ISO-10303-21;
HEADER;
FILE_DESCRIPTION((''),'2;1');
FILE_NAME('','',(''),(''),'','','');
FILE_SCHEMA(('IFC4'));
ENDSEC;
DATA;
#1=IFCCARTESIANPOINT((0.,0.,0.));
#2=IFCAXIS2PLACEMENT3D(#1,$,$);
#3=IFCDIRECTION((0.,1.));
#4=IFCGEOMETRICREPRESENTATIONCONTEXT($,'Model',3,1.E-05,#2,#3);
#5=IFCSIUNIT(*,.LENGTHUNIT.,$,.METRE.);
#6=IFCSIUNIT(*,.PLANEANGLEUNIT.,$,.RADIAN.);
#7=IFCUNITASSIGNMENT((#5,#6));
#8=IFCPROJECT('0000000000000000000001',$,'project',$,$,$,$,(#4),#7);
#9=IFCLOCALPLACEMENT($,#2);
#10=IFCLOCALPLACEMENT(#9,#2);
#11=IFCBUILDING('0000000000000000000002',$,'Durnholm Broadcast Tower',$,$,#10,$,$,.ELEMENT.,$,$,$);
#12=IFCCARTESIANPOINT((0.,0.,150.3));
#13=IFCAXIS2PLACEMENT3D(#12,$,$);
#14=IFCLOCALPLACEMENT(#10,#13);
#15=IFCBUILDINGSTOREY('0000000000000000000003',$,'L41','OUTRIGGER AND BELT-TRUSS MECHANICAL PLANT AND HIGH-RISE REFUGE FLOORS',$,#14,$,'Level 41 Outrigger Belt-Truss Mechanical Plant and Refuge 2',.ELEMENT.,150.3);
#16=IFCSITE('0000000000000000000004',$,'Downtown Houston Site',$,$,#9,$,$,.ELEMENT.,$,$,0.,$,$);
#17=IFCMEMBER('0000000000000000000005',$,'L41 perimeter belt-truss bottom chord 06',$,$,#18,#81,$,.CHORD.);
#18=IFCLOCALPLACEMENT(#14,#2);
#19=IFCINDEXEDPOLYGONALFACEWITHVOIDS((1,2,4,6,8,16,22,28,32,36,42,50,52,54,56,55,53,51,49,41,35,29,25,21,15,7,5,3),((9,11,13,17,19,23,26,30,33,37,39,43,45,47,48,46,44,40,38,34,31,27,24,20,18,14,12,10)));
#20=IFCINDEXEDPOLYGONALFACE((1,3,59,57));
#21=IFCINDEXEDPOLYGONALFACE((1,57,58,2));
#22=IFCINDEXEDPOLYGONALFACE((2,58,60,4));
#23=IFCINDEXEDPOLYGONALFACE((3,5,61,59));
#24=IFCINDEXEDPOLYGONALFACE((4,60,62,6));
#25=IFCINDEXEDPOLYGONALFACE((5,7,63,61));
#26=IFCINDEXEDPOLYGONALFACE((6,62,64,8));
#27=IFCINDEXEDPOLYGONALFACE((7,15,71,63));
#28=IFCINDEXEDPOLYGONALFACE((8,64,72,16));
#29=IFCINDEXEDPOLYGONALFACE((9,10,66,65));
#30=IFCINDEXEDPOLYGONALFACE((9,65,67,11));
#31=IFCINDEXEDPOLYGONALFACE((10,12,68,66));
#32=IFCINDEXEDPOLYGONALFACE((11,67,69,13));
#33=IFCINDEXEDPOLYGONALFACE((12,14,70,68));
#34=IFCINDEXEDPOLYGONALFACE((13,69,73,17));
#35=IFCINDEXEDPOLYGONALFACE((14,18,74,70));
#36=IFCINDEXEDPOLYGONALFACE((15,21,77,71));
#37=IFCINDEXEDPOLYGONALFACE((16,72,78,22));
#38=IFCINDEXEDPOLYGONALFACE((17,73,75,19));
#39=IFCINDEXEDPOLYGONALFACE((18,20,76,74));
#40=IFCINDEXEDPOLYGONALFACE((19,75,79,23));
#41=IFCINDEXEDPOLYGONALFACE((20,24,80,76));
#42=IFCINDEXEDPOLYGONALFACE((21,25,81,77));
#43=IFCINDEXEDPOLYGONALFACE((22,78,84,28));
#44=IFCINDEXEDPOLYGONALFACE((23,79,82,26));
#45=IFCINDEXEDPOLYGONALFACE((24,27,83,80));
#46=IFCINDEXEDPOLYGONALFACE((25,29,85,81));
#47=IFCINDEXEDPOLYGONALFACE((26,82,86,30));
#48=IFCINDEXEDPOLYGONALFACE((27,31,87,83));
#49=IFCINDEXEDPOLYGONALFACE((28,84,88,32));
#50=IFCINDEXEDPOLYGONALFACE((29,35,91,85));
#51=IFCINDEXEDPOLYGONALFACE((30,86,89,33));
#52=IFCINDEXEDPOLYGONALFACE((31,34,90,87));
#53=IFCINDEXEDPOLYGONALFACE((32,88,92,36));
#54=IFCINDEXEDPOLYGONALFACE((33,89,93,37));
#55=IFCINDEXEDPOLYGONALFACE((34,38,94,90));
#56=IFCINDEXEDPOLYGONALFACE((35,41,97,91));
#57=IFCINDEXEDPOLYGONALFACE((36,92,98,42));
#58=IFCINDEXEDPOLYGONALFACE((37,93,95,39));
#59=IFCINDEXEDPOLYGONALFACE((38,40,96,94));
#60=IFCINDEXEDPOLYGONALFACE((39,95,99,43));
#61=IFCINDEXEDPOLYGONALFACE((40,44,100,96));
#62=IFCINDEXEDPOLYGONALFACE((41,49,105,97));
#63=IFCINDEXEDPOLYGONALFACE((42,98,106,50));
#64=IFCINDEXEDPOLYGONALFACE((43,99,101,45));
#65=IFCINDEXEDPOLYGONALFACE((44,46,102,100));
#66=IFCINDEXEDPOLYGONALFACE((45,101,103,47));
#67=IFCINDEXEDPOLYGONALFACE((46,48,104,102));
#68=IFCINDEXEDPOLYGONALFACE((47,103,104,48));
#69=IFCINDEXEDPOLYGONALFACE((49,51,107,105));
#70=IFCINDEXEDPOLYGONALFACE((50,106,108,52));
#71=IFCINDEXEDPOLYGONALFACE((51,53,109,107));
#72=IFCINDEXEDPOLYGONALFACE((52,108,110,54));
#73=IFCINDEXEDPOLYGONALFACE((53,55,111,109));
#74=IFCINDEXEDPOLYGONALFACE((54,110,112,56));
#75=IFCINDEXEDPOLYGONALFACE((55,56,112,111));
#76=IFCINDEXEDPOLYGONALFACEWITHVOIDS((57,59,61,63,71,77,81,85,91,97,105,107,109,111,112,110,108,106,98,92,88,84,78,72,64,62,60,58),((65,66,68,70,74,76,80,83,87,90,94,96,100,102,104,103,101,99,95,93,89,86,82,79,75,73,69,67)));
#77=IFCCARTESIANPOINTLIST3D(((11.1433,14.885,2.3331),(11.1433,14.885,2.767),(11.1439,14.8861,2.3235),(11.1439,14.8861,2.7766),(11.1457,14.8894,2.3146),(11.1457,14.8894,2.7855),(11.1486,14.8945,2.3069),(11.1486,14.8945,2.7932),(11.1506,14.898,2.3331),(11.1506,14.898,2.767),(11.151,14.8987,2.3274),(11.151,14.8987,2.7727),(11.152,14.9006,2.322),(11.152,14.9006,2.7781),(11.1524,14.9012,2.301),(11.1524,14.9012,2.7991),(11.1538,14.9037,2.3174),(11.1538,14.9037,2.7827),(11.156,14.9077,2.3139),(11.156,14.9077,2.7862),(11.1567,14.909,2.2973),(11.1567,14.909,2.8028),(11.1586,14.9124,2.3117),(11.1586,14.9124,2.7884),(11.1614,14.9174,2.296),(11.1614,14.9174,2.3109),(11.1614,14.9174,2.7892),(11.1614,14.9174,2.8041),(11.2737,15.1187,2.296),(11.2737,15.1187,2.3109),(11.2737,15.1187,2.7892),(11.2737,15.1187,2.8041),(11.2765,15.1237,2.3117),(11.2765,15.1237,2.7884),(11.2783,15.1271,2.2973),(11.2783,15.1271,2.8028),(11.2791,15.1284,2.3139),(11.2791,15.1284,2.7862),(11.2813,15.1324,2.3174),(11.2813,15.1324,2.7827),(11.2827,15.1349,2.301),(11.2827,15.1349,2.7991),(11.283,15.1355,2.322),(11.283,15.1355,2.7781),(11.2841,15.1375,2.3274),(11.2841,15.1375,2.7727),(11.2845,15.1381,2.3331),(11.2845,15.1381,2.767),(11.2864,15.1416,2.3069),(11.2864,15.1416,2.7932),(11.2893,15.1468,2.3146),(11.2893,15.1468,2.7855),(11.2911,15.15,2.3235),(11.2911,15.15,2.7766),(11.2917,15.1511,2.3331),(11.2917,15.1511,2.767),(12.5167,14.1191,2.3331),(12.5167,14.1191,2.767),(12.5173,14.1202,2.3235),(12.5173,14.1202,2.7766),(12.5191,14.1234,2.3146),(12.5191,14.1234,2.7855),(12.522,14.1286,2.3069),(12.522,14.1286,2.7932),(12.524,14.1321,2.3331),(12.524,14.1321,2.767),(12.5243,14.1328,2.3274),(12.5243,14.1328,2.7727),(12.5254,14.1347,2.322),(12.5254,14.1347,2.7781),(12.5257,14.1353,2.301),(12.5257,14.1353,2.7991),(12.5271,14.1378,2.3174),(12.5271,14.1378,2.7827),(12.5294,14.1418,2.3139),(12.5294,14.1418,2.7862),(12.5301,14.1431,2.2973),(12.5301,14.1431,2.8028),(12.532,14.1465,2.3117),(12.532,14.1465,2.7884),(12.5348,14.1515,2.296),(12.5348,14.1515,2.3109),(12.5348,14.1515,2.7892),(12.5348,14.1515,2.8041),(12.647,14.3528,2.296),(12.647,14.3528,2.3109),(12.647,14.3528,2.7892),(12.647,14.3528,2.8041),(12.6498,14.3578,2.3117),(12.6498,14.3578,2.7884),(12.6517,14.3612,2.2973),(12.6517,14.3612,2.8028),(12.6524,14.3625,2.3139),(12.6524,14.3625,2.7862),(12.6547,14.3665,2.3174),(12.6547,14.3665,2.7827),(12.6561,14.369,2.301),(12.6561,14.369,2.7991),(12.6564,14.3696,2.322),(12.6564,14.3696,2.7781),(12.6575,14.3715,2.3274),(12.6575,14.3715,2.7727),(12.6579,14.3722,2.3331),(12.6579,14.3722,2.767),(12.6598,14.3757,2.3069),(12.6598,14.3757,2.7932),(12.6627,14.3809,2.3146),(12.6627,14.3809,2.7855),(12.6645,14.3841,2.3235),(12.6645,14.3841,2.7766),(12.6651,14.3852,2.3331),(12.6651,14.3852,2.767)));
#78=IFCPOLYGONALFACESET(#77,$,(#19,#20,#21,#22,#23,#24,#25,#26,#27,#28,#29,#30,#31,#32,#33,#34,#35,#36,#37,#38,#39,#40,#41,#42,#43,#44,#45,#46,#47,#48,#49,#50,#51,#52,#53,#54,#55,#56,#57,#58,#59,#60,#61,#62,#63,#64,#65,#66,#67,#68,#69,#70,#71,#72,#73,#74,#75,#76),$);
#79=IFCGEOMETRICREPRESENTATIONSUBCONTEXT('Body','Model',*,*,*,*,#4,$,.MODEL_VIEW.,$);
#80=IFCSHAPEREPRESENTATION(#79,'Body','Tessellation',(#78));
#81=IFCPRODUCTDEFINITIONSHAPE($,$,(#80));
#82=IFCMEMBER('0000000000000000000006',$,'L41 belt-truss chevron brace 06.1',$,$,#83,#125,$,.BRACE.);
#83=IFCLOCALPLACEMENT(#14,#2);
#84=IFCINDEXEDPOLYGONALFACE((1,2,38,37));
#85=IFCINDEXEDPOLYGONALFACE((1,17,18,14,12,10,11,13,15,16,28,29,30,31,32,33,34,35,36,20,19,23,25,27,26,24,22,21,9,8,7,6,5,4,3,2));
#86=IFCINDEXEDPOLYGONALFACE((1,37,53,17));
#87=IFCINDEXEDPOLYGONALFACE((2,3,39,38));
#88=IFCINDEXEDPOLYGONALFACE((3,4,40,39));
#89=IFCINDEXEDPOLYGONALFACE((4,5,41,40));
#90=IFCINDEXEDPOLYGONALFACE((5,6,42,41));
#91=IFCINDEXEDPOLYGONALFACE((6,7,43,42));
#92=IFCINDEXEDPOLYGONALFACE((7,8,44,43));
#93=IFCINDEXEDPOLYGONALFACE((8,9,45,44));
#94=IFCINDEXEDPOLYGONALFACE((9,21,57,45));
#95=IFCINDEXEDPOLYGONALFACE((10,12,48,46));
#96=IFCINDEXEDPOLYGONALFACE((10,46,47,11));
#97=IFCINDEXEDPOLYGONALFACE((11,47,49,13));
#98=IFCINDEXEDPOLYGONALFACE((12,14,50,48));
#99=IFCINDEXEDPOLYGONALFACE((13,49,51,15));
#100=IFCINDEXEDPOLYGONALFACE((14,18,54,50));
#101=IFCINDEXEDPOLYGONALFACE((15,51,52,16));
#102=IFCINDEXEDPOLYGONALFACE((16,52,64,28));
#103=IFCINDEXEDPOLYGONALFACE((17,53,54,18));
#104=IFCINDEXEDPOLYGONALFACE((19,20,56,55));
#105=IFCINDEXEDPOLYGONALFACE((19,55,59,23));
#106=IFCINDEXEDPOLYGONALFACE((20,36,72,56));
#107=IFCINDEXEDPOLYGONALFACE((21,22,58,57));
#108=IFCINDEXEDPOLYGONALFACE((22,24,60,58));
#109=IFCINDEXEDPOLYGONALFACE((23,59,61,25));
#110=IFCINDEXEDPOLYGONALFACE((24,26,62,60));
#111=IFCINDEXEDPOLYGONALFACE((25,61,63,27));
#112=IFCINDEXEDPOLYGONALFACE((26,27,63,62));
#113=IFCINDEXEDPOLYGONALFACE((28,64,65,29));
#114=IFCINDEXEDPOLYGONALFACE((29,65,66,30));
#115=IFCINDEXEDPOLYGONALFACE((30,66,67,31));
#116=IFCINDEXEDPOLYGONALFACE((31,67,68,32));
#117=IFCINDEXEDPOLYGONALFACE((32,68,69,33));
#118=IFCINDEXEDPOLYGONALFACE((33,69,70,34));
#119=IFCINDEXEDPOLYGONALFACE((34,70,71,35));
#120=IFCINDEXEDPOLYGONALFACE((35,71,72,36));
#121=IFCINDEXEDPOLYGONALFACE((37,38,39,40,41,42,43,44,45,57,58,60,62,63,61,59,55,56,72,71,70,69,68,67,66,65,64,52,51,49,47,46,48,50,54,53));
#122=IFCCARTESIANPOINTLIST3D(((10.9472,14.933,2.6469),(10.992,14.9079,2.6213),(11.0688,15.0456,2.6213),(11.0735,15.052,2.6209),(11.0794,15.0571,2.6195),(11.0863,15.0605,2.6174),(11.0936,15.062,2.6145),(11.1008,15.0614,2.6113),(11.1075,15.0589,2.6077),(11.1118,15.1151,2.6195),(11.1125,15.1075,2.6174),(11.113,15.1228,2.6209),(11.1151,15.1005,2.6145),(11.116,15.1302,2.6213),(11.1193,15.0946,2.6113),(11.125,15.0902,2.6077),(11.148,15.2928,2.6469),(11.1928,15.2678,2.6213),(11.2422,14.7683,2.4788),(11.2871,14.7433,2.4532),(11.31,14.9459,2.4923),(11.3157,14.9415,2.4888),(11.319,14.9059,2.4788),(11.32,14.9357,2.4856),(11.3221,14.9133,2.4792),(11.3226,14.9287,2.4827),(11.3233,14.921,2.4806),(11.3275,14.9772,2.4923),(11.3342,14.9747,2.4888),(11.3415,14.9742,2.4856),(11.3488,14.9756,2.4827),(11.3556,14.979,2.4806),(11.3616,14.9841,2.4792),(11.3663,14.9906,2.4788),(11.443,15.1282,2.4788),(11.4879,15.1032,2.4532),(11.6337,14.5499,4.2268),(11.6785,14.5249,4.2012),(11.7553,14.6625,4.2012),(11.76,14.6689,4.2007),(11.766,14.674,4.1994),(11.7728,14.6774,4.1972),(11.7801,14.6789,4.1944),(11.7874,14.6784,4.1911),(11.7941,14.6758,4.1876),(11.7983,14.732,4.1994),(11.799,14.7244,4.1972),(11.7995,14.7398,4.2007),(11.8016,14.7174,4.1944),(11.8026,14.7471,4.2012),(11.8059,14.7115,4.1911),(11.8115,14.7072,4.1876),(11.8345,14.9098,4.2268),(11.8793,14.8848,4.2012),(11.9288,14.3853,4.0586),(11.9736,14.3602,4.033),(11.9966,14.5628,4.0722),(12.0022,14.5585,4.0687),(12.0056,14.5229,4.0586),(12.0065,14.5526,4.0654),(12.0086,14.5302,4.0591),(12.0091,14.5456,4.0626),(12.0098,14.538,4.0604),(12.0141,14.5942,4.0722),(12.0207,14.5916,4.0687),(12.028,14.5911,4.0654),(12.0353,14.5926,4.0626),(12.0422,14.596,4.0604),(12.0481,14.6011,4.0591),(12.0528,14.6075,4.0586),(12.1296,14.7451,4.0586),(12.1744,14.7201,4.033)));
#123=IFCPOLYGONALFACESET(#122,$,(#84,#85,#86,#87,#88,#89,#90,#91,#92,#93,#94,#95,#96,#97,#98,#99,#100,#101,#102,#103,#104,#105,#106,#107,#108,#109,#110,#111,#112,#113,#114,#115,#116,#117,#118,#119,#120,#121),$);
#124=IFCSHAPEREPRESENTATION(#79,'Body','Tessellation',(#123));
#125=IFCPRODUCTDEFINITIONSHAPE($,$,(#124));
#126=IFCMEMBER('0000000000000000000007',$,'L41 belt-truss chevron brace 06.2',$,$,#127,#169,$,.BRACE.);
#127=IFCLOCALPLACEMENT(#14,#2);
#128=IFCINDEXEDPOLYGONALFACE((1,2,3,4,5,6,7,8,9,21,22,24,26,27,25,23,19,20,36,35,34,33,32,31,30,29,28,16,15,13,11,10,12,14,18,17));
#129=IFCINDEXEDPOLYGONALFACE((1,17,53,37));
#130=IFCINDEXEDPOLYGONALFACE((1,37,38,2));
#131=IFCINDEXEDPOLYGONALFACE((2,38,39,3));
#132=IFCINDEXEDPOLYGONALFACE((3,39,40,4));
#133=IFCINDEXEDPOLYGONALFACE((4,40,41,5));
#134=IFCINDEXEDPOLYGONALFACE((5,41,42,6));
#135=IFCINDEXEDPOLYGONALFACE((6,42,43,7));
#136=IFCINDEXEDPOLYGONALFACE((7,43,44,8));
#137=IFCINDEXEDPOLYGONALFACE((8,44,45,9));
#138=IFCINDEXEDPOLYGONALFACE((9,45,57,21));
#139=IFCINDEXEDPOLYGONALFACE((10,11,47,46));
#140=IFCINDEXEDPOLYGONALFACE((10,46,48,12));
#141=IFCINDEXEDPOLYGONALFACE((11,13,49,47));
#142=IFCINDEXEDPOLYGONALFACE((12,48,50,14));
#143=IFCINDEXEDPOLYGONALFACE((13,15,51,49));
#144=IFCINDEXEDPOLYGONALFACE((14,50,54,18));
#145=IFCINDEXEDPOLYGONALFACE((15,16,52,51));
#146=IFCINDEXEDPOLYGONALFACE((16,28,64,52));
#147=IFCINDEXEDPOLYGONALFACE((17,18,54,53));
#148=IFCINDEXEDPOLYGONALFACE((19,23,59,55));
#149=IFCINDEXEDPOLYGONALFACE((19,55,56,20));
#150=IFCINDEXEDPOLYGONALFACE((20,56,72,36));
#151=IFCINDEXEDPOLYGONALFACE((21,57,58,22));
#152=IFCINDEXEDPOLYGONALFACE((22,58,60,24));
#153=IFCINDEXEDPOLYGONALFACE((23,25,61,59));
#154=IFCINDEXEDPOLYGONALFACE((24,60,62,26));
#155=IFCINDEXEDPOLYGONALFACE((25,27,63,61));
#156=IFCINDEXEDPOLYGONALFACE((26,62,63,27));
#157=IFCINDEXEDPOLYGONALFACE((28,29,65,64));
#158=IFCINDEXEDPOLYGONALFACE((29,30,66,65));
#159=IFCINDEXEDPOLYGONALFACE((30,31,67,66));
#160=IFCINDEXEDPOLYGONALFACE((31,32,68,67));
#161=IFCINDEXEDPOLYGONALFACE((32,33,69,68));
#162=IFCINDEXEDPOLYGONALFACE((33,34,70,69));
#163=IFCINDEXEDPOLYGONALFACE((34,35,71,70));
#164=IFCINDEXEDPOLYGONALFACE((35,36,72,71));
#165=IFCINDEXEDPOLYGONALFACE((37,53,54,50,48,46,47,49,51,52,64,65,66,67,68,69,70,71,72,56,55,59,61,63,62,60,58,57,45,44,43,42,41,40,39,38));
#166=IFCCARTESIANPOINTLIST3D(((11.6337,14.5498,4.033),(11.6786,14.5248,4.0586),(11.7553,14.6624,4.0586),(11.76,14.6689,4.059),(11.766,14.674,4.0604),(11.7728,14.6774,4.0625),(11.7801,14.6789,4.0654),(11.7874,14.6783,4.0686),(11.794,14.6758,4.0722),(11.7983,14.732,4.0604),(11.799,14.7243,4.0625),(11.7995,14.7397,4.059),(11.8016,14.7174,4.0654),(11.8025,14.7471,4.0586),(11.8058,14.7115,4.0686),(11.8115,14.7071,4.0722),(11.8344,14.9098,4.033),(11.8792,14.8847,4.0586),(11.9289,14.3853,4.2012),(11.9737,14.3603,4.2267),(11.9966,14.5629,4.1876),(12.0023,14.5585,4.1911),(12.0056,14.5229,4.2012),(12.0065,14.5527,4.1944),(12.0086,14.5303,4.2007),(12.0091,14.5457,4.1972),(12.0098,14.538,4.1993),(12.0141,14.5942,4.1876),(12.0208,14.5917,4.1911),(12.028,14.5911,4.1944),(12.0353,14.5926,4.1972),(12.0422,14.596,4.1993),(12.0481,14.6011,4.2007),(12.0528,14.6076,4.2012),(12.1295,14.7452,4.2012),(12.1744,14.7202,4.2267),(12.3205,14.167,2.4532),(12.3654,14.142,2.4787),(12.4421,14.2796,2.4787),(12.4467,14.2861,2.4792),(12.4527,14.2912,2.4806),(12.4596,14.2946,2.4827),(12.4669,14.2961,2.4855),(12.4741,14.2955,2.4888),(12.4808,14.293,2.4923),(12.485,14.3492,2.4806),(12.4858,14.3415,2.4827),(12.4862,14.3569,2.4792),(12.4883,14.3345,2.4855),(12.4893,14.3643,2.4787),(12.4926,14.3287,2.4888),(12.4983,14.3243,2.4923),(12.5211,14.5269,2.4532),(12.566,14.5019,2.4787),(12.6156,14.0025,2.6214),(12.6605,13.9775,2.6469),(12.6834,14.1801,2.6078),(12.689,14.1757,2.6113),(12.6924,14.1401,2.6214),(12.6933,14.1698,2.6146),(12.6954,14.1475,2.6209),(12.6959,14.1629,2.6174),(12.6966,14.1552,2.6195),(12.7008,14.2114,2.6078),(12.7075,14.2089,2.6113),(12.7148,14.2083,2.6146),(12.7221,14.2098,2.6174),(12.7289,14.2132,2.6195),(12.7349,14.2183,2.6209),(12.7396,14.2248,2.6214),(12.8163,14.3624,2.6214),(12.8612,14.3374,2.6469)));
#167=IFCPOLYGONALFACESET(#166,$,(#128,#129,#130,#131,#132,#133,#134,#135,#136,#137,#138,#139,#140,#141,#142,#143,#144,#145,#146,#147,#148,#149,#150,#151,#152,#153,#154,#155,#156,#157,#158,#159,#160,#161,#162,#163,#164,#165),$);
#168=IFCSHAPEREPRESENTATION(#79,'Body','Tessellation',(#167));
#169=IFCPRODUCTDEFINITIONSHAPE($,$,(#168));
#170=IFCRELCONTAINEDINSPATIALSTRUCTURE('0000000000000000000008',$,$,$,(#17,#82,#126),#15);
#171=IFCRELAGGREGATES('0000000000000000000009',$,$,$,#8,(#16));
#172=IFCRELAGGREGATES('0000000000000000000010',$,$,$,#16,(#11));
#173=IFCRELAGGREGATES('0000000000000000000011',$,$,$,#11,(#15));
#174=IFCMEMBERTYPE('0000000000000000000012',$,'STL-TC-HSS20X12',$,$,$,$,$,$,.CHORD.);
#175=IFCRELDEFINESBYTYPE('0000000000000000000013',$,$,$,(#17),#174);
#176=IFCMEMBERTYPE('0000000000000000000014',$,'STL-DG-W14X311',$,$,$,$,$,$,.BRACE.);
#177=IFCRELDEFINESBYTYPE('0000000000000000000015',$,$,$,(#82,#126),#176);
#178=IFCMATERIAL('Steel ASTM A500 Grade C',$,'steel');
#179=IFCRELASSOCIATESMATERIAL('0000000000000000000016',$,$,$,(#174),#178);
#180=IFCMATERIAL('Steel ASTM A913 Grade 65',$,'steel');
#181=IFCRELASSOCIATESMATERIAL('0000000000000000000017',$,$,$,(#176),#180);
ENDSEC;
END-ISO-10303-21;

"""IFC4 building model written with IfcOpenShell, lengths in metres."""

from ifc_helpers import new_model, si_unit, direction, frame, origin, origin_2d, place, context, subcontext, project, spatial, hollow_rectangle, i_section, extrude, source, transform, mapped, material, material_profile, profile_set, type_object, type_shapes, element, save


model = new_model("IFC4")

# Units and contexts
model_context = context("Model", 3, precision=1e-05, world=origin(), true_north=direction((0.0, 1.0)))
body_context = subcontext(model_context, "Body", "Model", "MODEL_VIEW")
ifc_project = project(units=[si_unit("LENGTHUNIT", "METRE"), si_unit("PLANEANGLEUNIT", "RADIAN")], contexts=[model_context])

# Site, building, storey
site_placement = place(None, origin())
site = spatial("IfcSite", under=ifc_project, at=site_placement, Name="Downtown Houston Site", CompositionType="ELEMENT", RefElevation=0.0)
building_placement = place(site_placement, origin())
building = spatial("IfcBuilding", under=site, at=building_placement, Name="Durnholm Broadcast Tower", CompositionType="ELEMENT")
storey_placement = place(building_placement, frame((0.0, 0.0, 150.3)))
storey = spatial("IfcBuildingStorey", under=building, at=storey_placement, Name="L41", Description="OUTRIGGER AND BELT-TRUSS MECHANICAL PLANT AND HIGH-RISE REFUGE FLOORS", LongName="Level 41 Outrigger Belt-Truss Mechanical Plant and Refuge 2", CompositionType="ELEMENT", Elevation=150.3)

# Members
ifc_material_1 = material(Name="Steel ASTM A500 Grade C", Category="steel")
ifc_material_profile_1 = material_profile(ifc_material_1, hollow_rectangle(XDim=0.3047, YDim=0.5081, WallThickness=0.0149, InnerFilletRadius=0.0222, OuterFilletRadius=0.0371, at=origin_2d()), Name="HSS20X12X5/8")
ifc_profile_set_1 = profile_set([ifc_material_profile_1], Name="Steel ASTM A500 Grade C")
member_type_1 = type_object("IfcMemberType", Name="STL-TC-HSS20X12", PredefinedType="CHORD", material=ifc_profile_set_1)
shared_shape_1 = source(origin(), body_context, "Body", "SweptSolid", [
    extrude(hollow_rectangle(XDim=0.3047, YDim=0.5081, WallThickness=0.0149, InnerFilletRadius=0.0222, OuterFilletRadius=0.0371, at=origin_2d()), origin(), (0.0, 0.0, 1.0), 1.5725),
])
type_shapes(member_type_1, [shared_shape_1])
member_1_placement = place(storey_placement, frame((11.2175, 15.0181, 2.55), z_axis=(0.873365, -0.487066, 0.0), x_axis=(0.487066, 0.873365, 0.0)))
element("IfcMember", 1, at=member_1_placement, inside=storey, type_object=member_type_1, Name="L41 perimeter belt-truss bottom chord 06", PredefinedType="CHORD", context=body_context, shape_type="MappedRepresentation", body=[
    mapped(shared_shape_1, transform((0.0, 0.0, 0.0), x_axis=(1.0, 0.0, 0.0), y_axis=(0.0, 1.0, 0.0), z_axis=(0.0, 0.0, 1.0), scale=1.0)),
])
ifc_material_2 = material(Name="Steel ASTM A913 Grade 65", Category="steel")
ifc_material_profile_2 = material_profile(ifc_material_2, i_section(OverallWidth=0.4121, OverallDepth=0.4348, WebThickness=0.0359, FlangeThickness=0.0574, FilletRadius=0.0305, at=origin_2d()), Name="W14X311")
ifc_profile_set_2 = profile_set([ifc_material_profile_2], Name="Steel ASTM A913 Grade 65")
member_type_2 = type_object("IfcMemberType", Name="STL-DG-W14X311", PredefinedType="BRACE", material=ifc_profile_set_2)
shared_shape_2 = source(origin(), body_context, "Body", "SweptSolid", [
    extrude(i_section(OverallWidth=0.4121, OverallDepth=0.4348, WebThickness=0.0359, FlangeThickness=0.0574, FilletRadius=0.0305, at=origin_2d()), origin(), (0.0, 0.0, 1.0), 1.7646),
])
for number, where, z_axis, x_axis, name in (
    (2, (11.2175, 15.0181, 2.55), (0.389046, -0.217075, 0.895277), (0.487251, 0.873262, 0.0), "L41 belt-truss chevron brace 06.1"),
    (3, (12.5908, 14.2522, 2.55), (-0.389176, 0.216931, 0.895256), (-0.486882, -0.873468, 0.0), "L41 belt-truss chevron brace 06.2"),
):
    element("IfcMember", number, at=place(storey_placement, frame(where, z_axis=z_axis, x_axis=x_axis)), inside=storey, type_object=member_type_2, Name=name, PredefinedType="BRACE", context=body_context, shape_type="MappedRepresentation", body=[
        mapped(shared_shape_2, transform((0.0, 0.0, 0.0), x_axis=(1.0, 0.0, 0.0), y_axis=(0.0, 1.0, 0.0), z_axis=(0.0, 0.0, 1.0), scale=1.0)),
    ])

save(model, "model.ifc")
